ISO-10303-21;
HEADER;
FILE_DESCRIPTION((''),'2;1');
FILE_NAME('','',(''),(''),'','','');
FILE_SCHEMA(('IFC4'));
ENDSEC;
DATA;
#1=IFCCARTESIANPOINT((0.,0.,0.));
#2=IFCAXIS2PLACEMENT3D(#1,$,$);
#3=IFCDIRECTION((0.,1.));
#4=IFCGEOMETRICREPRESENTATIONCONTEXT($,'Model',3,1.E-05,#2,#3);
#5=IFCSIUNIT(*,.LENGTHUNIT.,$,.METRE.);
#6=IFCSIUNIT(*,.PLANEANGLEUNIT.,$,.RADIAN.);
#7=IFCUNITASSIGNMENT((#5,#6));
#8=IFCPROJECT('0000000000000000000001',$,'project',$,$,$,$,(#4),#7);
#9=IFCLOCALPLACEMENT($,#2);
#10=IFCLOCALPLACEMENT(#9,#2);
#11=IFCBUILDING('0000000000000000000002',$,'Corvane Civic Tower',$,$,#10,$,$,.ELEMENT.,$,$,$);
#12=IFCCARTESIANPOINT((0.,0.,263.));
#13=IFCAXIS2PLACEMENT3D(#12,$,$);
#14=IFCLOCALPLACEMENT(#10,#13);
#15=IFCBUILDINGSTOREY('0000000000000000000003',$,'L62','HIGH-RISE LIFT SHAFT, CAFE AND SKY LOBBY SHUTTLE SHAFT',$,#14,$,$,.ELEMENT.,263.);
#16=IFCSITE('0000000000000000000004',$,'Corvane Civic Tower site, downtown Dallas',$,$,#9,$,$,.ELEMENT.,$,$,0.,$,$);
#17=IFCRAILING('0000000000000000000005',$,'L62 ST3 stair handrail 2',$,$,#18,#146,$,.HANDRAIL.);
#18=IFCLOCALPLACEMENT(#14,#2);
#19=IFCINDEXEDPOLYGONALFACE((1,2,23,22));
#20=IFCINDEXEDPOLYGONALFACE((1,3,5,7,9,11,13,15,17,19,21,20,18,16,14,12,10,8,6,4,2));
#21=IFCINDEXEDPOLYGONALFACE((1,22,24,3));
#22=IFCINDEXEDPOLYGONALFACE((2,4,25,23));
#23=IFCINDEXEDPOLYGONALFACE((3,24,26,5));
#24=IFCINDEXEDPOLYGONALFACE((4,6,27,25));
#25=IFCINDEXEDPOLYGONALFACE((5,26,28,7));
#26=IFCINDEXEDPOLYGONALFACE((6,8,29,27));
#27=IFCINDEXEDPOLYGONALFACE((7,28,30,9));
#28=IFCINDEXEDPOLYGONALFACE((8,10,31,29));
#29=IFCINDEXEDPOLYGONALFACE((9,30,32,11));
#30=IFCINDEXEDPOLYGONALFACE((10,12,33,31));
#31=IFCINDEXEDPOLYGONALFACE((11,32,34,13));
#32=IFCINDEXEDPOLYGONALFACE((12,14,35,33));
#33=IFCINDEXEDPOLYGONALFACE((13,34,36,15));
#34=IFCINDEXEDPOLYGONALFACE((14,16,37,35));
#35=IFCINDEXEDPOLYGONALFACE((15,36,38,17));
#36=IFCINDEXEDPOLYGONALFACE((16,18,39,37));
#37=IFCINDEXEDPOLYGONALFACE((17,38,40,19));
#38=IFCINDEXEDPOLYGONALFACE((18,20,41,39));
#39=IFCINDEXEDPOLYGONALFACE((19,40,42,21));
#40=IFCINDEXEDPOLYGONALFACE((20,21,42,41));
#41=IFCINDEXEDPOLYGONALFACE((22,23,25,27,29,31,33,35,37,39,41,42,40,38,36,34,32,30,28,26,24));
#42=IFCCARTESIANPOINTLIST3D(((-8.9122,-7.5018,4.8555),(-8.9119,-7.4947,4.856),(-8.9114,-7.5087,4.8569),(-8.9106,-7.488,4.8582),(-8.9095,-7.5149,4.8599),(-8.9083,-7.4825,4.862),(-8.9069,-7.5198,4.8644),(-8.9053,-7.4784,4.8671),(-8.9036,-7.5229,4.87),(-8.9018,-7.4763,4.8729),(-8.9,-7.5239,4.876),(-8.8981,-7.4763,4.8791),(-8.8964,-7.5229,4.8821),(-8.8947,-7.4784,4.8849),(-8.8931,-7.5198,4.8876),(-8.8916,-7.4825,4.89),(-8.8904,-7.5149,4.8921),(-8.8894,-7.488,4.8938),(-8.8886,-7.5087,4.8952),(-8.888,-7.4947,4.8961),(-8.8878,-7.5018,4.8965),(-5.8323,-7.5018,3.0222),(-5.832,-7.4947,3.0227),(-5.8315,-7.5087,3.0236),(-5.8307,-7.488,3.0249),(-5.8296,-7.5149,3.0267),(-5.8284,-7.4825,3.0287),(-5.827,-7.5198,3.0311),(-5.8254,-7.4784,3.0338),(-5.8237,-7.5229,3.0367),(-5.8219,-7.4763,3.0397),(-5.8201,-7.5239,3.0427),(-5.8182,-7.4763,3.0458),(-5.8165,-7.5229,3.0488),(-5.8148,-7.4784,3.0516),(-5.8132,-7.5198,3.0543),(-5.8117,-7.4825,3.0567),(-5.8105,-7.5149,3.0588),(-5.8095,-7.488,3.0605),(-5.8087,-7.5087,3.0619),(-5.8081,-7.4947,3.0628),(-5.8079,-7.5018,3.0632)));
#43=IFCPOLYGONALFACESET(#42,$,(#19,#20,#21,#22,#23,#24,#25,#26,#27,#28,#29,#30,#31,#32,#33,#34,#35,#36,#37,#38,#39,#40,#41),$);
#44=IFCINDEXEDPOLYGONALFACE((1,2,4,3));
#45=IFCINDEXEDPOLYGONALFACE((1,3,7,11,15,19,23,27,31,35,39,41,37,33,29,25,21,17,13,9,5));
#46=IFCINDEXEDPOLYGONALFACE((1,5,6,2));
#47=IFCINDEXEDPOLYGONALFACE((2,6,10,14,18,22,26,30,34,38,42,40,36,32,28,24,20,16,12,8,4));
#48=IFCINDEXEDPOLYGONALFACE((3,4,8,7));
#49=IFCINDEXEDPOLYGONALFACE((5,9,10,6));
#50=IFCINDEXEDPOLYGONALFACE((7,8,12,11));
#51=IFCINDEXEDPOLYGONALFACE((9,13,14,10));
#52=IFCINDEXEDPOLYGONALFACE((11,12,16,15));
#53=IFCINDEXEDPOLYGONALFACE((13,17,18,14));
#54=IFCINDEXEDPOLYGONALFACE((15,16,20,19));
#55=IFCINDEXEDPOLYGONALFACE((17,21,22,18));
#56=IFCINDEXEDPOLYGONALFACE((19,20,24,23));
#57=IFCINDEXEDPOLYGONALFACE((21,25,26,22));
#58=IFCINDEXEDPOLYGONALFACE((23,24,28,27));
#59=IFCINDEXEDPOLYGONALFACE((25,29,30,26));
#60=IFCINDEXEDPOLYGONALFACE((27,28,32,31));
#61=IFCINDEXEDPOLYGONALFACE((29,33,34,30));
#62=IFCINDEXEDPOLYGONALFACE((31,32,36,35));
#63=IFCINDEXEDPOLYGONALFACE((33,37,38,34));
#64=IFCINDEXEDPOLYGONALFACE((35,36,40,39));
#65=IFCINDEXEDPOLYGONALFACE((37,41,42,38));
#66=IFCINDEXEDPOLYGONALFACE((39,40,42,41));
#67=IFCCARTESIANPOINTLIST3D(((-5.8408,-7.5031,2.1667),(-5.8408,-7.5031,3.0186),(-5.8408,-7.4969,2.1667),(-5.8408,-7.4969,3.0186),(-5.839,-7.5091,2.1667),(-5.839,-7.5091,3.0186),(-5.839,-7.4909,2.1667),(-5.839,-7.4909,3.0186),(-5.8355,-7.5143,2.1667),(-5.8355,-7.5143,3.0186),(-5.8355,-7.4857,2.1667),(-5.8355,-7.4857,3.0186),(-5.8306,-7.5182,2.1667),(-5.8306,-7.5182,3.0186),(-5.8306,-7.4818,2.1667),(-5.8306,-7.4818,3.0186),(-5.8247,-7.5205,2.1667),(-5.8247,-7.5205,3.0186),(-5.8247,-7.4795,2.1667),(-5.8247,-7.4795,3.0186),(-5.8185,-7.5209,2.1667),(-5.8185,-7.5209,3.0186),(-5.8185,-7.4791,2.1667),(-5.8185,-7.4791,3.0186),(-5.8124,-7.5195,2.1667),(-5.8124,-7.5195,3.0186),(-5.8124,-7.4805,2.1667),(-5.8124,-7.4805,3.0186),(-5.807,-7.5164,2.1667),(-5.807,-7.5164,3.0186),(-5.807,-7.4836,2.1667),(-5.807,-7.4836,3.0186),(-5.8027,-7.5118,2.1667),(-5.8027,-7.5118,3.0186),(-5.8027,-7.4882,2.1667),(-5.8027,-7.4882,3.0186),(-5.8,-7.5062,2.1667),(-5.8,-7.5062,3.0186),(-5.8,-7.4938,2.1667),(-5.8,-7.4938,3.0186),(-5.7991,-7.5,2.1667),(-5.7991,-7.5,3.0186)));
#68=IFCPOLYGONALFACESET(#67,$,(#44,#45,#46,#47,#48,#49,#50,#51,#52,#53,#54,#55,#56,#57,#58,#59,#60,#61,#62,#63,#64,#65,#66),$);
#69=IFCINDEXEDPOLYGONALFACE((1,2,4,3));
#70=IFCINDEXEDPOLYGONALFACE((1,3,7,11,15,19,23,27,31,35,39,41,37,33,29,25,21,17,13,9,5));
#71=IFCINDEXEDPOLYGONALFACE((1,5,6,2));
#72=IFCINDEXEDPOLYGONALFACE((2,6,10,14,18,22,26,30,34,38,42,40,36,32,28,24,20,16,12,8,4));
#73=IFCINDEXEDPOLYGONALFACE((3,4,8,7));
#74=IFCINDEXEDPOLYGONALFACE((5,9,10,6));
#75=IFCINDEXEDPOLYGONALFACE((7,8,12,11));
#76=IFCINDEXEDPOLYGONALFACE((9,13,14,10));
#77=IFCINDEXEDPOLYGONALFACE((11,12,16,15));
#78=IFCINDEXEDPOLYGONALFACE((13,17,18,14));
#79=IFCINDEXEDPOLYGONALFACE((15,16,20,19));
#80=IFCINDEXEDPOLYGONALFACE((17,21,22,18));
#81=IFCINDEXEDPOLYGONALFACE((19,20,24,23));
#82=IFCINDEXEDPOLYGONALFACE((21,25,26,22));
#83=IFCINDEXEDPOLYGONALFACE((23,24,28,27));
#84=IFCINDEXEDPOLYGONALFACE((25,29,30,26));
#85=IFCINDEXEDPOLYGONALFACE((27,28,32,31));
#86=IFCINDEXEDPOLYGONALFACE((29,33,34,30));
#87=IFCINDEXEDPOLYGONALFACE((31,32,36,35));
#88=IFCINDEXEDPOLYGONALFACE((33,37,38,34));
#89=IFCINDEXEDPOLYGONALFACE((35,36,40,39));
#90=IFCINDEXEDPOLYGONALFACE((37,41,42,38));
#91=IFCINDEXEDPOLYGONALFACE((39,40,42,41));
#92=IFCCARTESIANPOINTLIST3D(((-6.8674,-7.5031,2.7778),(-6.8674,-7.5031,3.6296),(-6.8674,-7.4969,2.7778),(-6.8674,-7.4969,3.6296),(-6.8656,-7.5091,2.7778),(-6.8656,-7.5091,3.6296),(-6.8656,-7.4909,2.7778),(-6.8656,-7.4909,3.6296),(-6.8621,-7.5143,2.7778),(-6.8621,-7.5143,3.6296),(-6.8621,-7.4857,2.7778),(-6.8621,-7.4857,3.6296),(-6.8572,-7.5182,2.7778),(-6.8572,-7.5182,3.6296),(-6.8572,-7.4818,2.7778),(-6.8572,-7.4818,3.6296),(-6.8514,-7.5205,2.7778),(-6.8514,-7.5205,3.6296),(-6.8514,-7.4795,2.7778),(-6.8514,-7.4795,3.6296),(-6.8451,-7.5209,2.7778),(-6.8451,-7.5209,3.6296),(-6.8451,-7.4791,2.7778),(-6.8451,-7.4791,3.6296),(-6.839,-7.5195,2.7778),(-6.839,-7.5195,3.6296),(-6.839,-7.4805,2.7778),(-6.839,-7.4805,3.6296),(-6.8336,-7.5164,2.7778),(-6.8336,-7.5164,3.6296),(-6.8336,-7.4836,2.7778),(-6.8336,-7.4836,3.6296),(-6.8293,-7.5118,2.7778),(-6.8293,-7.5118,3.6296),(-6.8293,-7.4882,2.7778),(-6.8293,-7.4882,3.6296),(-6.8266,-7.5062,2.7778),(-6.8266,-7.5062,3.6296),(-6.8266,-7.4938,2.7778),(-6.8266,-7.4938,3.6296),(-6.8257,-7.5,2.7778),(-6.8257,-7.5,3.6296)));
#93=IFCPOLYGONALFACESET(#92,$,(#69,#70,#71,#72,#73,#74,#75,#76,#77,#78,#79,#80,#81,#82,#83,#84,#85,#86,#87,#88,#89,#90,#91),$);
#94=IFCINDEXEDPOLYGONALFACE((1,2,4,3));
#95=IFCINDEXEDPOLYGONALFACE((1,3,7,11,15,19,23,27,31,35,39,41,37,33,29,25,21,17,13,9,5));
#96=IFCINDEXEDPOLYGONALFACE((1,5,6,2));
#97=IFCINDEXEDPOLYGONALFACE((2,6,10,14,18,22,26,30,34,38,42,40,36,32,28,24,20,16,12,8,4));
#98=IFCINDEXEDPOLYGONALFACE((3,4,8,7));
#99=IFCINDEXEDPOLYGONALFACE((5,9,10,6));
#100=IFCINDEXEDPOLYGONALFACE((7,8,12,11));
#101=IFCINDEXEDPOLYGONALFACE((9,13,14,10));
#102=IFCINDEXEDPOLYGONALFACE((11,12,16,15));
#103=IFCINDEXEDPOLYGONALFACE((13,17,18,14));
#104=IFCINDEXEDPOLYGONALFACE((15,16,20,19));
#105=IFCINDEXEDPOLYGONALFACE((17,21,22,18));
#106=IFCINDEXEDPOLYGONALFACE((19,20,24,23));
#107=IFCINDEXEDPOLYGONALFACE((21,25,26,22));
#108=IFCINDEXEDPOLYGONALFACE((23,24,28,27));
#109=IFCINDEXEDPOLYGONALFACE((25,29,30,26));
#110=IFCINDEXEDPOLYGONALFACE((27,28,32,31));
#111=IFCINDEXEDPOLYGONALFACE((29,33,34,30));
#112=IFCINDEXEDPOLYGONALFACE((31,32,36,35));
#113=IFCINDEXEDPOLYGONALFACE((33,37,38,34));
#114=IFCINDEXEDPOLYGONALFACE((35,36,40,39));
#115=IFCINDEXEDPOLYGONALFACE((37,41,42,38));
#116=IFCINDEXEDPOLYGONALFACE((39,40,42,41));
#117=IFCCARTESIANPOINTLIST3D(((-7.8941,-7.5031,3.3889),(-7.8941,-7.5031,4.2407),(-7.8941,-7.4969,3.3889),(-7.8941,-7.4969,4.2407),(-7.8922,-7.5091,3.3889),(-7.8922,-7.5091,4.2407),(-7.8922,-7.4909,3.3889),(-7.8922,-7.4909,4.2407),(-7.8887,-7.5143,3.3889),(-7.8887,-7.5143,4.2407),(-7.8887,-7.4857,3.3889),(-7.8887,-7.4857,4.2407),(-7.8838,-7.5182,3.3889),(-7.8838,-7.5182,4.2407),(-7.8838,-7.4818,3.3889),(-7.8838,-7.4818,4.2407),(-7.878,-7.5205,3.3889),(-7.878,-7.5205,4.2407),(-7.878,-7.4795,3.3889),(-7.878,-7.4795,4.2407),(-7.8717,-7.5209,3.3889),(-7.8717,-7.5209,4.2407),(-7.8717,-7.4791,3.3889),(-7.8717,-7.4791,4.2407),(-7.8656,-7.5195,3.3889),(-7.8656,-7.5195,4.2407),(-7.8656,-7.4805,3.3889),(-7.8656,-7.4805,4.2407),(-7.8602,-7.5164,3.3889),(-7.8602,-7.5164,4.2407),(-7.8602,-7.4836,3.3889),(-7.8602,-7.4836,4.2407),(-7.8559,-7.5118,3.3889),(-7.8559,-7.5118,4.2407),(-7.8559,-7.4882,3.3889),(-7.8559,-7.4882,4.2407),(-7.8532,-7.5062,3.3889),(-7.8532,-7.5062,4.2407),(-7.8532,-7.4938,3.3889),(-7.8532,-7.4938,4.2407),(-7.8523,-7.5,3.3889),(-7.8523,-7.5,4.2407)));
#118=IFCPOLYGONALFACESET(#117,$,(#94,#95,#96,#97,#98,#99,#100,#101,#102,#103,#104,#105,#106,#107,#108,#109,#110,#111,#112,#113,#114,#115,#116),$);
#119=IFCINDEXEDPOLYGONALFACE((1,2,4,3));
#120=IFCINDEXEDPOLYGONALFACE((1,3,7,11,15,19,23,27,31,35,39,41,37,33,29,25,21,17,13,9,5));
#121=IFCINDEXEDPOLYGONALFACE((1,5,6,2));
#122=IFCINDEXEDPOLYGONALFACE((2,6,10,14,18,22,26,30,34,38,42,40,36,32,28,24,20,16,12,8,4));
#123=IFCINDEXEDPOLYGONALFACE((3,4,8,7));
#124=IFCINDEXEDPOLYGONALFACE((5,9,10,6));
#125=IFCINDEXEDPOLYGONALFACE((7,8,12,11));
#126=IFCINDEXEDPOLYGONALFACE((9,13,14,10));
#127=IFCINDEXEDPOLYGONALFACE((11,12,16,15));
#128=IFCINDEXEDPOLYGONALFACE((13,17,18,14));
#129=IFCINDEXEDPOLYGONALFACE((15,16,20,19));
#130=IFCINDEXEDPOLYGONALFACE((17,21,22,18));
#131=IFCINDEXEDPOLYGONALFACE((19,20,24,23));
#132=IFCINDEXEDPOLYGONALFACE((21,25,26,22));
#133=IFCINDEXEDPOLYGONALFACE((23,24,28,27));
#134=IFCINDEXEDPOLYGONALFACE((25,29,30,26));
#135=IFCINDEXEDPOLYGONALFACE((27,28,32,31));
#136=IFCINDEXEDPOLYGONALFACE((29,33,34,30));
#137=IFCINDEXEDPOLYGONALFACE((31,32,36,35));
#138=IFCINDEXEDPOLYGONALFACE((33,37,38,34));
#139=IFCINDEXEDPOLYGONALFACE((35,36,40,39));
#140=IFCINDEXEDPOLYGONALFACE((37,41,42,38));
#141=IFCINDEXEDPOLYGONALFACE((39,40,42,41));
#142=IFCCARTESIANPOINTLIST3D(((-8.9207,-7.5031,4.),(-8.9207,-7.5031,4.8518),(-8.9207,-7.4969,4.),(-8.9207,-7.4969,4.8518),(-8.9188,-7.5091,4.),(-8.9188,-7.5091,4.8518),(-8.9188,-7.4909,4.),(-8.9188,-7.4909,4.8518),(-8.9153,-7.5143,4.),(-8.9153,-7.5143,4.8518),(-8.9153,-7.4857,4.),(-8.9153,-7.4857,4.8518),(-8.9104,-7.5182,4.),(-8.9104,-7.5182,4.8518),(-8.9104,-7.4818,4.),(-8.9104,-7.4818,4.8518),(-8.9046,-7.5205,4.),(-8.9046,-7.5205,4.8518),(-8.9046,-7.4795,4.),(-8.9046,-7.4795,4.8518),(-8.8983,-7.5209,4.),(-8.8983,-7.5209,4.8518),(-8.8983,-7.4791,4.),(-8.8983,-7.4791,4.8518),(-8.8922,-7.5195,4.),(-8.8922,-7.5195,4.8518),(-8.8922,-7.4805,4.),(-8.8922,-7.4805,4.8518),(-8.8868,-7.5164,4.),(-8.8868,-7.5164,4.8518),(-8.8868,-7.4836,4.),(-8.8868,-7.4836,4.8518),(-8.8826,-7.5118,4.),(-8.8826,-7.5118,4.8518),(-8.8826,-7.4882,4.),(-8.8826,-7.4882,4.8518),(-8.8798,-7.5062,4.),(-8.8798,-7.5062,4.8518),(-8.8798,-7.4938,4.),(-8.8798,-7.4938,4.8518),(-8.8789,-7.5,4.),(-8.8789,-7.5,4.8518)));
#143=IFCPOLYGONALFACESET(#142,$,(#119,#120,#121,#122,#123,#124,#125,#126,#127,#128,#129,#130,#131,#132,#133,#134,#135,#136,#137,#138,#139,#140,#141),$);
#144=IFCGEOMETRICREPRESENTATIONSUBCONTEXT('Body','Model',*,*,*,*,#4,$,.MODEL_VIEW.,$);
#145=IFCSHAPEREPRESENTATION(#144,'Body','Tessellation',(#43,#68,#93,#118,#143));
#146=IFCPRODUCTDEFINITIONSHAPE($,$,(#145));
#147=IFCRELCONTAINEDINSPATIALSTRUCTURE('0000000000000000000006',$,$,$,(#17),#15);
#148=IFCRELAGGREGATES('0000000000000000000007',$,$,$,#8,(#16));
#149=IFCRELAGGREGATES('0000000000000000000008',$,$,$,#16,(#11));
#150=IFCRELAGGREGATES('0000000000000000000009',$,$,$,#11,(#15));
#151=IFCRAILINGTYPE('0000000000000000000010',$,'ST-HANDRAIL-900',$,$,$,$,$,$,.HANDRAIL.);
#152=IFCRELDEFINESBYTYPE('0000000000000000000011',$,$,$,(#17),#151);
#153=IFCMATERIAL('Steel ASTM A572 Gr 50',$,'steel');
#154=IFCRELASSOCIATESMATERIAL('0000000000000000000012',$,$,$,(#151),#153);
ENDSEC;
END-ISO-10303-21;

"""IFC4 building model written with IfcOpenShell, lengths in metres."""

from ifc_helpers import new_model, si_unit, direction, frame, origin, origin_2d, place, context, subcontext, project, spatial, circle, extrude, material, type_object, element, save


model = new_model("IFC4")

# Units and contexts
model_context = context("Model", 3, precision=1e-05, world=origin(), true_north=direction((0.0, 1.0)))
body_context = subcontext(model_context, "Body", "Model", "MODEL_VIEW")
ifc_project = project(units=[si_unit("LENGTHUNIT", "METRE"), si_unit("PLANEANGLEUNIT", "RADIAN")], contexts=[model_context])

# Site, building, storey
site_placement = place(None, origin())
site = spatial("IfcSite", under=ifc_project, at=site_placement, Name="Corvane Civic Tower site, downtown Dallas", CompositionType="ELEMENT", RefElevation=0.0)
building_placement = place(site_placement, origin())
building = spatial("IfcBuilding", under=site, at=building_placement, Name="Corvane Civic Tower", CompositionType="ELEMENT")
storey_placement = place(building_placement, frame((0.0, 0.0, 263.0)))
storey = spatial("IfcBuildingStorey", under=building, at=storey_placement, Name="L62", Description="HIGH-RISE LIFT SHAFT, CAFE AND SKY LOBBY SHUTTLE SHAFT", CompositionType="ELEMENT", Elevation=263.0)

# Railing
ifc_material_1 = material(Name="Steel ASTM A572 Gr 50", Category="steel")
railing_type = type_object("IfcRailingType", Name="ST-HANDRAIL-900", PredefinedType="HANDRAIL", material=ifc_material_1)
railing_placement = place(storey_placement, frame((-5.8201, -7.5, 2.1667)))
element("IfcRailing", 1, at=railing_placement, inside=storey, type_object=railing_type, Name="L62 ST3 stair handrail 2", PredefinedType="HANDRAIL", context=body_context, shape_type="SweptSolid", body=[
    extrude(circle(Radius=0.0239, at=origin_2d()), frame((0.0, 0.0, 0.876), z_axis=(-0.859291, 0.0, 0.511487), x_axis=(0.0, -1.0, 0.0)), (0.0, 0.0, 1.0), 3.5842),
    extrude(circle(Radius=0.021, at=origin_2d()), origin(), (0.0, 0.0, 1.0), 0.8518),
    extrude(circle(Radius=0.021, at=origin_2d()), frame((-1.0266, 0.0, 0.6111)), (0.0, 0.0, 1.0), 0.8518),
    extrude(circle(Radius=0.021, at=origin_2d()), frame((-2.0532, 0.0, 1.2222)), (0.0, 0.0, 1.0), 0.8518),
    extrude(circle(Radius=0.021, at=origin_2d()), frame((-3.0798, 0.0, 1.8333)), (0.0, 0.0, 1.0), 0.8518),
])

save(model, "model.ifc")
